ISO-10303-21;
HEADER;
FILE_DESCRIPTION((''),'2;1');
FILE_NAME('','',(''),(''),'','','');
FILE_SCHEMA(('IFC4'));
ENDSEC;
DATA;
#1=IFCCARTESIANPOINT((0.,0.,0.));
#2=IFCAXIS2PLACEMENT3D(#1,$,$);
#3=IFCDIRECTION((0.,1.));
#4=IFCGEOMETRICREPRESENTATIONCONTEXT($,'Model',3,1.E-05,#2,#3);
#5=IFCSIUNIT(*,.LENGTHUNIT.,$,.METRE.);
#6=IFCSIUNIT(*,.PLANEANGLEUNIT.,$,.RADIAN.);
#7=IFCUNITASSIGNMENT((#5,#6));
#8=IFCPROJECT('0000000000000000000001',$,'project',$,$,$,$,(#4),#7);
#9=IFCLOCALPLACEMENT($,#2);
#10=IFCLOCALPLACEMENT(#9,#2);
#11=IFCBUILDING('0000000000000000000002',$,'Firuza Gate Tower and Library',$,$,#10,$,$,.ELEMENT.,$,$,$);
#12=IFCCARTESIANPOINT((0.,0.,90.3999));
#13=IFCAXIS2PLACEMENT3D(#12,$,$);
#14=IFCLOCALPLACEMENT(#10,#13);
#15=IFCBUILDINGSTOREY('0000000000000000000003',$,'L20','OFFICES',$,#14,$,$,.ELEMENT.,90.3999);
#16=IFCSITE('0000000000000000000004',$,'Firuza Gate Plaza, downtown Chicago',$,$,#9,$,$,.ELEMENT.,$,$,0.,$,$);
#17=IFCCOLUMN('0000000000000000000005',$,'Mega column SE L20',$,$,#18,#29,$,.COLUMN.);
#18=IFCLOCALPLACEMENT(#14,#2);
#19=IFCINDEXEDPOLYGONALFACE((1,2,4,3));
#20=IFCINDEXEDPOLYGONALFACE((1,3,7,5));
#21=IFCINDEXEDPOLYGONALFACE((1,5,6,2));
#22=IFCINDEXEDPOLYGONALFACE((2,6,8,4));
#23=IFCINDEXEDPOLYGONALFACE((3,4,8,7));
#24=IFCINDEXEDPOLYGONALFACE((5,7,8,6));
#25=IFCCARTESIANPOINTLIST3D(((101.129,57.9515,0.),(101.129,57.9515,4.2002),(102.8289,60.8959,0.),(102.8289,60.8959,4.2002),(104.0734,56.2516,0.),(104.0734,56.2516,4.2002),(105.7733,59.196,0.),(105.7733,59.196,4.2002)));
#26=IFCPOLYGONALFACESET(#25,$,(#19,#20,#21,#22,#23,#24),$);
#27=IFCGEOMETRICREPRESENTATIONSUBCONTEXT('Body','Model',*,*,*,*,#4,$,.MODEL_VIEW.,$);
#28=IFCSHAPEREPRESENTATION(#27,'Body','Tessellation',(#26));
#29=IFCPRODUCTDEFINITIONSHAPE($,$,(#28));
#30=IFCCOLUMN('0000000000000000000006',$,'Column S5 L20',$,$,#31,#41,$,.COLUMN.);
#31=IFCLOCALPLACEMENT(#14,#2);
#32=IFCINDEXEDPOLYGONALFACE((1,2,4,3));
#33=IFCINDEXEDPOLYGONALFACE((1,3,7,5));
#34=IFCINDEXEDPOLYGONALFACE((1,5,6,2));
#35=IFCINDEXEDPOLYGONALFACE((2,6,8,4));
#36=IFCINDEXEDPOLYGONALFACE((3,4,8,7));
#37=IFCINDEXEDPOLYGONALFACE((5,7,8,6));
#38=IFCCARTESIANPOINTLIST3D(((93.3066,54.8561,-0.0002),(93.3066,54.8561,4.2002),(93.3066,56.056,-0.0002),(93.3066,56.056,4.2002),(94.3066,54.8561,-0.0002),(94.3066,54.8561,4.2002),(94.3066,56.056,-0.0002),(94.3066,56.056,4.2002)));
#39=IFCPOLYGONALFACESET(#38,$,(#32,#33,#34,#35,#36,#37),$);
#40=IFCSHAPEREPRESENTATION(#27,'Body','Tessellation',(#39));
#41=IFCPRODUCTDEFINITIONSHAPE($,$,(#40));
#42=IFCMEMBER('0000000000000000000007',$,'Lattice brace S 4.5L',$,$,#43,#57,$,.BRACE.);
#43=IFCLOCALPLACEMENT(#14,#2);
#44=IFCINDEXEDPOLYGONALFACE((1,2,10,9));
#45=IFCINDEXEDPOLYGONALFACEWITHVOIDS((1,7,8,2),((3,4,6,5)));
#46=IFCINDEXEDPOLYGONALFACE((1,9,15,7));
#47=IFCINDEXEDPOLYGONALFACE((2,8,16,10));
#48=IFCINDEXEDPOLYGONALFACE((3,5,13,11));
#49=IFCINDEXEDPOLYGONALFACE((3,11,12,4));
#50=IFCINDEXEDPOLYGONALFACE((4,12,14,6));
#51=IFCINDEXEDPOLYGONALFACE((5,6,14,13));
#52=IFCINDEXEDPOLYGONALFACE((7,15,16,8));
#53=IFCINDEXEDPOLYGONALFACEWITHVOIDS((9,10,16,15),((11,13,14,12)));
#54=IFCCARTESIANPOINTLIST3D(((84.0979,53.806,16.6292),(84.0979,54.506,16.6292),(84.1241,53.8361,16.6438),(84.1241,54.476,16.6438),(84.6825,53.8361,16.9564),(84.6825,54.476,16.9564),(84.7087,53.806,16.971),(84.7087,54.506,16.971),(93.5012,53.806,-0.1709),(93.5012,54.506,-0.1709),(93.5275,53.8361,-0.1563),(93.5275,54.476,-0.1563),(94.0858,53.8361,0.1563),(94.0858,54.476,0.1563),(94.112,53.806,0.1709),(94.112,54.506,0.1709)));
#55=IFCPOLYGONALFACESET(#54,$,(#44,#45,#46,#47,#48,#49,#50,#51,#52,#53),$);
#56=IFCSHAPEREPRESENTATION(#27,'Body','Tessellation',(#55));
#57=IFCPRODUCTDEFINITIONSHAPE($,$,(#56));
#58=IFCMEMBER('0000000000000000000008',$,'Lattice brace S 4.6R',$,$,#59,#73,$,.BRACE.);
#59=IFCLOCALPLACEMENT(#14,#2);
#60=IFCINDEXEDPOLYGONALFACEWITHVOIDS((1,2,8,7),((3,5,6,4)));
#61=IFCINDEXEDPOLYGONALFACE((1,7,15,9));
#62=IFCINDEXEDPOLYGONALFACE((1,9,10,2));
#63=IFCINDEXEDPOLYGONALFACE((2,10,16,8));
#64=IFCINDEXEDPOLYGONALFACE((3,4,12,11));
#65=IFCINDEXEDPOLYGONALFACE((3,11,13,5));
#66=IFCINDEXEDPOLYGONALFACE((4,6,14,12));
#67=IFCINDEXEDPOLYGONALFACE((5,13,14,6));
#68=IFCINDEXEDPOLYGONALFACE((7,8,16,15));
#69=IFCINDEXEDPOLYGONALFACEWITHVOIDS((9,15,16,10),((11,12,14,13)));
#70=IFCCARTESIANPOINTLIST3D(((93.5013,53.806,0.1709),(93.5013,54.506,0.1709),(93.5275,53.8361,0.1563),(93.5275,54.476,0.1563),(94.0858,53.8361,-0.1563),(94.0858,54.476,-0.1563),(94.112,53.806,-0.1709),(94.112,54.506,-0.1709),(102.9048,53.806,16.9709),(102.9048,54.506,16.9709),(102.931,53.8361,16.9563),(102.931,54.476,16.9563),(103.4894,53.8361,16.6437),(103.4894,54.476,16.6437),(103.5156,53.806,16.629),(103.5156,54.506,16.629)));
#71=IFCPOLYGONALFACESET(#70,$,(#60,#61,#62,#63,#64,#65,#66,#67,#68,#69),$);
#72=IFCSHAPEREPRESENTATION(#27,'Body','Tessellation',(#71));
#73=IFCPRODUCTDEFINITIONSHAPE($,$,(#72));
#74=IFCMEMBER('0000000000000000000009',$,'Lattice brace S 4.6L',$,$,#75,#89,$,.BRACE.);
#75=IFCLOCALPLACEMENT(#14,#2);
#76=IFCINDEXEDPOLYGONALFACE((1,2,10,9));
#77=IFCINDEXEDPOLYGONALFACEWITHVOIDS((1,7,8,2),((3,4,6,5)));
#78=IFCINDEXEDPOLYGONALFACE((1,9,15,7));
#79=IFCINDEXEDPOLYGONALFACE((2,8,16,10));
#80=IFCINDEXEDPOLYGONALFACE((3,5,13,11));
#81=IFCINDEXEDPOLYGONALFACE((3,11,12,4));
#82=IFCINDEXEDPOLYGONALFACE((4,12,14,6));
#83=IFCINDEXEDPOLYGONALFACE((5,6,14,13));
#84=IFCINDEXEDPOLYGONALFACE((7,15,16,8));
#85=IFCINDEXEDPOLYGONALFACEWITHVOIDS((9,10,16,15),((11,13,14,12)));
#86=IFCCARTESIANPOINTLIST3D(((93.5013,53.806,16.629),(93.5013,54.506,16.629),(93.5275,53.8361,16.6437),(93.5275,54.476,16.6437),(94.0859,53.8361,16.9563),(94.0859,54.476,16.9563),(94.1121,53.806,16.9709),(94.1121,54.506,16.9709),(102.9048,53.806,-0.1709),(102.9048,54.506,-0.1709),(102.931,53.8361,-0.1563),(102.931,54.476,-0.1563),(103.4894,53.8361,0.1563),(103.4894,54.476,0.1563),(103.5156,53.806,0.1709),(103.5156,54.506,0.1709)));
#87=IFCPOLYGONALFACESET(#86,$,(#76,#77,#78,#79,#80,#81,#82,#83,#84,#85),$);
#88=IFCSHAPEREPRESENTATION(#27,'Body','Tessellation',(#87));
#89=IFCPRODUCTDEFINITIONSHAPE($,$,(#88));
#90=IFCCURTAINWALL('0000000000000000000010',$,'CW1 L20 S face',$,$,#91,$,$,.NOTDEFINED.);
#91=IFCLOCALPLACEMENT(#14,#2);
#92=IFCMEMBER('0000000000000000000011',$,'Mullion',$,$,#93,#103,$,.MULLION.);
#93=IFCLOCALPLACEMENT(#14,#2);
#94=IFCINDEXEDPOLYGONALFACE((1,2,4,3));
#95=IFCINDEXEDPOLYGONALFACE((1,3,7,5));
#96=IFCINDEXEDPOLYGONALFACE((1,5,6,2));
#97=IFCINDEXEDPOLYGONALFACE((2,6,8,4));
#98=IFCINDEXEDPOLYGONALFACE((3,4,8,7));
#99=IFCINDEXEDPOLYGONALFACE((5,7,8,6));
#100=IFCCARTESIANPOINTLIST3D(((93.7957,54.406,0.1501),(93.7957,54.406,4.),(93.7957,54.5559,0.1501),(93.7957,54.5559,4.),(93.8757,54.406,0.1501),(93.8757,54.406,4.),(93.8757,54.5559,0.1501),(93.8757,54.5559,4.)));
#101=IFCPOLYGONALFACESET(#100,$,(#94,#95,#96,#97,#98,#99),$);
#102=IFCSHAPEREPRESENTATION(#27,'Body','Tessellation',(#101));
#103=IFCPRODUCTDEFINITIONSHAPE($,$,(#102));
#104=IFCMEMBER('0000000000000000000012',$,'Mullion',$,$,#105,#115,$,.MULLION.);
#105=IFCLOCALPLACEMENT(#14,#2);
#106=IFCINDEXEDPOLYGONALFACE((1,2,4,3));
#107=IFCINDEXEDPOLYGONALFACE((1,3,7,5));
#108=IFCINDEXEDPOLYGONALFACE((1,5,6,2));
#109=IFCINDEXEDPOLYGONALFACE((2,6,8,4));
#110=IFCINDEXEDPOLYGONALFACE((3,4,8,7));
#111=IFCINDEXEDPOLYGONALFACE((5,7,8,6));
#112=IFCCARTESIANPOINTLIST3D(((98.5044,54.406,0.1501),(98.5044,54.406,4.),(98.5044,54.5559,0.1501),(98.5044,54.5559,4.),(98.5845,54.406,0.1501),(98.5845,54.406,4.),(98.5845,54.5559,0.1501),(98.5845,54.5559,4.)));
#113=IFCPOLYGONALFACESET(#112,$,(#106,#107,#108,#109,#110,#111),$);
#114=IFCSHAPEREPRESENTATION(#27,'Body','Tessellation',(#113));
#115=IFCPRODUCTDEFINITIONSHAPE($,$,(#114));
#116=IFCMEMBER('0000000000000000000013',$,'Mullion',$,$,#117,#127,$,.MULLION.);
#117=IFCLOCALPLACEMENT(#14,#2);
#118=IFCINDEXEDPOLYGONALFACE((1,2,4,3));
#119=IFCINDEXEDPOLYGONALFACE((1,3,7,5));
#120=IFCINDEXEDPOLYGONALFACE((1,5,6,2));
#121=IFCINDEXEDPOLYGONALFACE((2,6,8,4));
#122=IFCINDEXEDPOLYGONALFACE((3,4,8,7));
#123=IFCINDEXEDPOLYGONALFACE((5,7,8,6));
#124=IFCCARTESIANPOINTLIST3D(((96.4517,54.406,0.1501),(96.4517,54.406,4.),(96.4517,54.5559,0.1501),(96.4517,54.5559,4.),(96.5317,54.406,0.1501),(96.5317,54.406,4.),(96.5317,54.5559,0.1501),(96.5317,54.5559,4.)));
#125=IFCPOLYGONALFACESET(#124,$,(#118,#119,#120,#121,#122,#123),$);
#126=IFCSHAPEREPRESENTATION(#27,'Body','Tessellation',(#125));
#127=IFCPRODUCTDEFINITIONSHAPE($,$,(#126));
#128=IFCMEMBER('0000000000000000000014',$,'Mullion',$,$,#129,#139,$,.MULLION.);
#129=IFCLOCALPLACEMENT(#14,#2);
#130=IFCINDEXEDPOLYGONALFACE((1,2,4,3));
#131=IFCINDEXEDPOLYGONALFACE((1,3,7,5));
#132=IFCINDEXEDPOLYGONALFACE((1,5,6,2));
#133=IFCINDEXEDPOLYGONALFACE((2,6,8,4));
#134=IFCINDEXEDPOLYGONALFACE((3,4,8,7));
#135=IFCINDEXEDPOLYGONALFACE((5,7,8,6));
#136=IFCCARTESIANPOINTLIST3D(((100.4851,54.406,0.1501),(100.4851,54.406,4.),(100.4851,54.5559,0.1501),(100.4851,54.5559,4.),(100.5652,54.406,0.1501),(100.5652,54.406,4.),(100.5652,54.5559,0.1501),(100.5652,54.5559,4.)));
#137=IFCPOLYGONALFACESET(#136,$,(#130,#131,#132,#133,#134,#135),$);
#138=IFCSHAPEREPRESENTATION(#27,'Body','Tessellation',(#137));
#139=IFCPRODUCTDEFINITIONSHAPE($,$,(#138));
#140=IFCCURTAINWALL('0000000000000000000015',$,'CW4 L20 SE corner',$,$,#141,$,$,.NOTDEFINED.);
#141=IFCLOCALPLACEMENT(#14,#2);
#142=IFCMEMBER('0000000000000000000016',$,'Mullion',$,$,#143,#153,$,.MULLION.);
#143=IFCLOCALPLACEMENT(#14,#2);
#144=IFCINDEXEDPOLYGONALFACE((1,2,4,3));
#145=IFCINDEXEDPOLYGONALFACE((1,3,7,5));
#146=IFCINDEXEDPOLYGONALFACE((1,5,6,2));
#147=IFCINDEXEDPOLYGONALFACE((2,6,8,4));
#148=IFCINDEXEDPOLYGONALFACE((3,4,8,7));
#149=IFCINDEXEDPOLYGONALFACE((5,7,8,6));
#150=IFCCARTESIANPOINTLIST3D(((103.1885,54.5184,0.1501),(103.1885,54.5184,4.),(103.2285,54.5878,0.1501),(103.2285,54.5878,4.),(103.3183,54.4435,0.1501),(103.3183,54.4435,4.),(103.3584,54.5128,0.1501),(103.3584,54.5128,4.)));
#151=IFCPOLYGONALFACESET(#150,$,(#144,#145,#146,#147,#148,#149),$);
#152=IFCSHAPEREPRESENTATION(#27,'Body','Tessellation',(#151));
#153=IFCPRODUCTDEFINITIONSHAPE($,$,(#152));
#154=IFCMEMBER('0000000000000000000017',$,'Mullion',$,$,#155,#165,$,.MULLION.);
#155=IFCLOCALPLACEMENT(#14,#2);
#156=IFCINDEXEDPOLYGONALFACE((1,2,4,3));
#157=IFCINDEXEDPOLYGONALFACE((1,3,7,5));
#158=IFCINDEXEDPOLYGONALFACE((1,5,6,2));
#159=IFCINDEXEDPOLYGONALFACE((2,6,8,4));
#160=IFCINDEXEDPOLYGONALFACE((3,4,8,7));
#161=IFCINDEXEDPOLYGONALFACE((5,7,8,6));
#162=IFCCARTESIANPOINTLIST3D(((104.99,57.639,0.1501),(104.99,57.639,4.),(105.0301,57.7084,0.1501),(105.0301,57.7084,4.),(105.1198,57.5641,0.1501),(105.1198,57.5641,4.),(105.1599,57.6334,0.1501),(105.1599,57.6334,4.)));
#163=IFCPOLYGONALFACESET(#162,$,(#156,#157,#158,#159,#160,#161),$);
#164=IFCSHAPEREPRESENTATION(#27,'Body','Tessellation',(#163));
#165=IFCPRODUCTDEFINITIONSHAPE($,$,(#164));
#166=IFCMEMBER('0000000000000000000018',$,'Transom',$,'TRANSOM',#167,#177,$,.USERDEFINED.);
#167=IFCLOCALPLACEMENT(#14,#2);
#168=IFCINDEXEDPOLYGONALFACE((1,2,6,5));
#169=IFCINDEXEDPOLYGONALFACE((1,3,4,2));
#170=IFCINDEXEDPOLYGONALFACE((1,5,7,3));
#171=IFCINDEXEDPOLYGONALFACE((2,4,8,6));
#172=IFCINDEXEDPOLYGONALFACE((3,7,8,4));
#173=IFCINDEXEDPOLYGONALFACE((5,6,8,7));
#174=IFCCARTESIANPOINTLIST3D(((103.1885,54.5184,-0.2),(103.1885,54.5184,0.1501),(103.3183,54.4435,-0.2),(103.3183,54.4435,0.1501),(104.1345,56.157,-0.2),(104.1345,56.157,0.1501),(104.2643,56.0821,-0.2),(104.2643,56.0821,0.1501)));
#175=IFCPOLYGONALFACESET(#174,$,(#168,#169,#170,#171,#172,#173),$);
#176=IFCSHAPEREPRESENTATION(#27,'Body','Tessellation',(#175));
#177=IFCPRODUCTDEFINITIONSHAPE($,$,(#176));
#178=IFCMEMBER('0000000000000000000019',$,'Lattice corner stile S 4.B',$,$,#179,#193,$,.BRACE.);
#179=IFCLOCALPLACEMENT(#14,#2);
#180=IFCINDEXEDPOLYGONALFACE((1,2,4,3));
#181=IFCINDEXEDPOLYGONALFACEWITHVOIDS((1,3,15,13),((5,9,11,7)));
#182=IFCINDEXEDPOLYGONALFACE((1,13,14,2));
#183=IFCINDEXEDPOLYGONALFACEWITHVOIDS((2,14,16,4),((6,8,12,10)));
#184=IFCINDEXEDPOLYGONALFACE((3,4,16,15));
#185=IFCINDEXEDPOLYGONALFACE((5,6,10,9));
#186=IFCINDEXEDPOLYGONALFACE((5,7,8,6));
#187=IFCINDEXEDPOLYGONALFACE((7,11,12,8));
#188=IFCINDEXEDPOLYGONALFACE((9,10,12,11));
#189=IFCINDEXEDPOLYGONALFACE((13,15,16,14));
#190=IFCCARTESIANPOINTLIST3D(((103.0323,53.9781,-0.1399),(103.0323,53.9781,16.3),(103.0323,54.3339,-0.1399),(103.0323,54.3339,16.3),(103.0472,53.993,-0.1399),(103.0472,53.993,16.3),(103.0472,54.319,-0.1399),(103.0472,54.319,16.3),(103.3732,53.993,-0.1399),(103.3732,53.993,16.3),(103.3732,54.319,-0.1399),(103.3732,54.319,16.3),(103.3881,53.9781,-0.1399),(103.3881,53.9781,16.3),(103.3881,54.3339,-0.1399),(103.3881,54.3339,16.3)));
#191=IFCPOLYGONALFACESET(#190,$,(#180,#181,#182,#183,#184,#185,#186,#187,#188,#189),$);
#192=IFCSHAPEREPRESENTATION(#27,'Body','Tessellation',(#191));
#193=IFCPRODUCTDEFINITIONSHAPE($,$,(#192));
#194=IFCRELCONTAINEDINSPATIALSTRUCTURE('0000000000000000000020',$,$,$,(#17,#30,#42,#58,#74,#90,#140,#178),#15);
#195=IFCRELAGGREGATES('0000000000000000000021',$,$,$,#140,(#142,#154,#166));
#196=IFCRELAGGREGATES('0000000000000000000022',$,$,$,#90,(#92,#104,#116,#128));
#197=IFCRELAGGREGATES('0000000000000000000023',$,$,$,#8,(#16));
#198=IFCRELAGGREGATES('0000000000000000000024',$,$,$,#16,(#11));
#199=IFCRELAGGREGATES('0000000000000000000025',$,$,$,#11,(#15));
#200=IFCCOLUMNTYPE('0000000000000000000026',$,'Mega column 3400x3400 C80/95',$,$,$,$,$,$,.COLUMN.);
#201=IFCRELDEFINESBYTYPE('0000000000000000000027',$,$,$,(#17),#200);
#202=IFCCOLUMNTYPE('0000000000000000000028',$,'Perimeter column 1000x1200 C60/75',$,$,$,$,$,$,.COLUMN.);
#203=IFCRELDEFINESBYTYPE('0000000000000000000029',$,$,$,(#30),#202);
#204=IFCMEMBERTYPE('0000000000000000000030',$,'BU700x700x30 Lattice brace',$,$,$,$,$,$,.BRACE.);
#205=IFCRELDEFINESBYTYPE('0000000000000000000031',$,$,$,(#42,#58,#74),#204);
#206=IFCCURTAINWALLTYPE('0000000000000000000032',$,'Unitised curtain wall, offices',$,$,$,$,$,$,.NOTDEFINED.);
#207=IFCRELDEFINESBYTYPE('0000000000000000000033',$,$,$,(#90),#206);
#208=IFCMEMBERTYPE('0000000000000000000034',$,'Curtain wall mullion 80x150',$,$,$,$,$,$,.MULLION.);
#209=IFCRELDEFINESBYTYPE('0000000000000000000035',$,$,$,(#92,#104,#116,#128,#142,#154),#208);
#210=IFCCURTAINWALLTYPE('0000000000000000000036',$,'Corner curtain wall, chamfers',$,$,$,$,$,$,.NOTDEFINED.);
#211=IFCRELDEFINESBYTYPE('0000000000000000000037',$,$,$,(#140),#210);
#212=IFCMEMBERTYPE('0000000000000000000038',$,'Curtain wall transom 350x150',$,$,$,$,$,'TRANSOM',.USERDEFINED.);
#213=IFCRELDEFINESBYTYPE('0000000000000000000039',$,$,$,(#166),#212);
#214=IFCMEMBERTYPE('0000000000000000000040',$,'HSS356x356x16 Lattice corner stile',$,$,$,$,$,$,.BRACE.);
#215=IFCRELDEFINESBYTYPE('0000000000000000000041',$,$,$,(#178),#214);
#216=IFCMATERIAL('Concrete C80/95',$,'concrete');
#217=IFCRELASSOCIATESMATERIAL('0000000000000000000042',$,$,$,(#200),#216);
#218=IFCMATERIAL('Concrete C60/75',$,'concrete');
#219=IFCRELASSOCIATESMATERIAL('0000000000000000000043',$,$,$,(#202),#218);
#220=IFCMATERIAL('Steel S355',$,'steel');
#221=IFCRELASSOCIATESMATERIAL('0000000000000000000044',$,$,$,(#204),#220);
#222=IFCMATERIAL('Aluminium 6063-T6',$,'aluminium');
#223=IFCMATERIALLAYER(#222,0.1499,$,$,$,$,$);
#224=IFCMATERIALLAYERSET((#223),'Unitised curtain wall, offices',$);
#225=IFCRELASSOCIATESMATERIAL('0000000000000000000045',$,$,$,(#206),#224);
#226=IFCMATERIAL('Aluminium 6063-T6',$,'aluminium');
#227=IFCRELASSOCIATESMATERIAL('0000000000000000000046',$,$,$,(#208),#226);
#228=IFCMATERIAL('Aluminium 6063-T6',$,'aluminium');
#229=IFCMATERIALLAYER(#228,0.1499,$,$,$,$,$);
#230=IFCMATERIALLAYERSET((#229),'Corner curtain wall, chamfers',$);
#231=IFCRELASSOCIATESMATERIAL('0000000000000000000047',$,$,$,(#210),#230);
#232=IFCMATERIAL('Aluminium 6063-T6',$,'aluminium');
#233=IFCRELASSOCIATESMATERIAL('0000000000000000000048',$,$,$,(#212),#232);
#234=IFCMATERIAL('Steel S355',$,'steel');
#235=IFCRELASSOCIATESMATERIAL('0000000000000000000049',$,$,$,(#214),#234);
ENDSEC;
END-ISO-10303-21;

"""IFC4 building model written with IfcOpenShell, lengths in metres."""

from ifc_helpers import new_model, si_unit, direction, frame, origin, origin_2d, place, context, subcontext, project, spatial, rectangle, hollow_rectangle, extrude, material, layer, layer_set, material_profile, profile_set, type_object, element, aggregate, save


model = new_model("IFC4")

# Units and contexts
model_context = context("Model", 3, precision=1e-05, world=origin(), true_north=direction((0.0, 1.0)))
body_context = subcontext(model_context, "Body", "Model", "MODEL_VIEW")
ifc_project = project(units=[si_unit("LENGTHUNIT", "METRE"), si_unit("PLANEANGLEUNIT", "RADIAN")], contexts=[model_context])

# Site, building, storey
site_placement = place(None, origin())
site = spatial("IfcSite", under=ifc_project, at=site_placement, Name="Firuza Gate Plaza, downtown Chicago", CompositionType="ELEMENT", RefElevation=0.0)
building_placement = place(site_placement, origin())
building = spatial("IfcBuilding", under=site, at=building_placement, Name="Firuza Gate Tower and Library", CompositionType="ELEMENT")
storey_placement = place(building_placement, frame((0.0, 0.0, 90.3999)))
storey = spatial("IfcBuildingStorey", under=building, at=storey_placement, Name="L20", Description="OFFICES", CompositionType="ELEMENT", Elevation=90.3999)

# Columns
ifc_material_1 = material(Name="Concrete C80/95", Category="concrete")
ifc_material_profile_1 = material_profile(ifc_material_1, rectangle(XDim=3.3999, YDim=3.3999, at=origin_2d()))
ifc_profile_set_1 = profile_set([ifc_material_profile_1], Name="Concrete C80/95")
column_type_1 = type_object("IfcColumnType", Name="Mega column 3400x3400 C80/95", PredefinedType="COLUMN", material=ifc_profile_set_1)
column_1_placement = place(storey_placement, frame((103.4512, 58.5737, 0.0), z_axis=(0.0, 0.0, 1.0), x_axis=(0.5, 0.866025, 0.0)))
element("IfcColumn", 1, at=column_1_placement, inside=storey, type_object=column_type_1, Name="Mega column SE L20", PredefinedType="COLUMN", context=body_context, shape_type="SweptSolid", body=[
    extrude(rectangle(XDim=3.3999, YDim=3.3999, at=origin_2d()), origin(), (0.0, 0.0, 1.0), 4.2002),
])
ifc_material_2 = material(Name="Concrete C60/75", Category="concrete")
ifc_material_profile_2 = material_profile(ifc_material_2, rectangle(XDim=1.0, YDim=1.2, at=origin_2d()))
ifc_profile_set_2 = profile_set([ifc_material_profile_2], Name="Concrete C60/75")
column_type_2 = type_object("IfcColumnType", Name="Perimeter column 1000x1200 C60/75", PredefinedType="COLUMN", material=ifc_profile_set_2)
column_2_placement = place(storey_placement, frame((93.8066, 55.4561, -0.0002), z_axis=(0.0, 0.0, 1.0), x_axis=(1.0, 0.0, 0.0)))
element("IfcColumn", 2, at=column_2_placement, inside=storey, type_object=column_type_2, Name="Column S5 L20", PredefinedType="COLUMN", context=body_context, shape_type="SweptSolid", body=[
    extrude(rectangle(XDim=1.0, YDim=1.2, at=origin_2d()), origin(), (0.0, 0.0, 1.0), 4.2004),
])

# Members
ifc_material_3 = material(Name="Steel S355", Category="steel")
ifc_material_profile_3 = material_profile(ifc_material_3, hollow_rectangle(XDim=0.7, YDim=0.7, WallThickness=0.03, at=origin_2d()))
ifc_profile_set_3 = profile_set([ifc_material_profile_3], Name="Steel S355")
member_type_1 = type_object("IfcMemberType", Name="BU700x700x30 Lattice brace", PredefinedType="BRACE", material=ifc_profile_set_3)
for number, where, z_axis, x_axis, name in (
    (3, (93.8066, 54.156, 0.0), (-0.488417, 0.0, 0.87261), (0.0, -1.0, 0.0), "Lattice brace S 4.5L"),
    (4, (93.8066, 54.156, 0.0), (0.488427, 0.0, 0.872605), (0.0, 1.0, 0.0), "Lattice brace S 4.6R"),
    (5, (103.2102, 54.156, 0.0), (-0.488427, 0.0, 0.872605), (0.0, -1.0, 0.0), "Lattice brace S 4.6L"),
):
    element("IfcMember", number, at=place(storey_placement, frame(where, z_axis=z_axis, x_axis=x_axis)), inside=storey, type_object=member_type_1, Name=name, PredefinedType="BRACE", context=body_context, shape_type="SweptSolid", body=[
        extrude(hollow_rectangle(XDim=0.7, YDim=0.7, WallThickness=0.03, at=origin_2d()), origin(), (0.0, 0.0, 1.0), 19.2527),
    ])

# Curtain walls, members
ifc_material_4 = material(Name="Aluminium 6063-T6", Category="aluminium")
ifc_layer_1 = layer(ifc_material_4, 0.1499)
ifc_layer_set_1 = layer_set([ifc_layer_1], Name="Unitised curtain wall, offices")
curtain_wall_type_1 = type_object("IfcCurtainWallType", Name="Unitised curtain wall, offices", PredefinedType="NOTDEFINED", material=ifc_layer_set_1)
placement = place(storey_placement, origin())
curtain_wall_1 = element("IfcCurtainWall", 6, at=placement, inside=storey, type_object=curtain_wall_type_1, Name="CW1 L20 S face", PredefinedType="NOTDEFINED")
ifc_material_5 = material(Name="Aluminium 6063-T6", Category="aluminium")
ifc_material_profile_4 = material_profile(ifc_material_5, rectangle(XDim=0.1499, YDim=0.0801, at=origin_2d()))
ifc_profile_set_4 = profile_set([ifc_material_profile_4], Name="Aluminium 6063-T6")
member_type_2 = type_object("IfcMemberType", Name="Curtain wall mullion 80x150", PredefinedType="MULLION", material=ifc_profile_set_4)
member_1_placement = place(storey_placement, frame((93.8357, 54.481, 0.1501), z_axis=(0.0, 0.0, 1.0), x_axis=(0.0, 1.0, 0.0)))
member_1 = element("IfcMember", 7, at=member_1_placement, type_object=member_type_2, Name="Mullion", PredefinedType="MULLION", context=body_context, shape_type="SweptSolid", body=[
    extrude(rectangle(XDim=0.1499, YDim=0.0801, at=origin_2d()), origin(), (0.0, 0.0, 1.0), 3.8499),
])
member_2_placement = place(storey_placement, frame((98.5444, 54.481, 0.1501), z_axis=(0.0, 0.0, 1.0), x_axis=(0.0, 1.0, 0.0)))
member_2 = element("IfcMember", 8, at=member_2_placement, type_object=member_type_2, Name="Mullion", PredefinedType="MULLION", context=body_context, shape_type="SweptSolid", body=[
    extrude(rectangle(XDim=0.1499, YDim=0.0801, at=origin_2d()), origin(), (0.0, 0.0, 1.0), 3.8499),
])
member_3_placement = place(storey_placement, frame((96.4917, 54.481, 0.1501), z_axis=(0.0, 0.0, 1.0), x_axis=(0.0, 1.0, 0.0)))
member_3 = element("IfcMember", 9, at=member_3_placement, type_object=member_type_2, Name="Mullion", PredefinedType="MULLION", context=body_context, shape_type="SweptSolid", body=[
    extrude(rectangle(XDim=0.1499, YDim=0.0801, at=origin_2d()), origin(), (0.0, 0.0, 1.0), 3.8499),
])
member_4_placement = place(storey_placement, frame((100.5251, 54.481, 0.1501), z_axis=(0.0, 0.0, 1.0), x_axis=(0.0, 1.0, 0.0)))
member_4 = element("IfcMember", 10, at=member_4_placement, type_object=member_type_2, Name="Mullion", PredefinedType="MULLION", context=body_context, shape_type="SweptSolid", body=[
    extrude(rectangle(XDim=0.1499, YDim=0.0801, at=origin_2d()), origin(), (0.0, 0.0, 1.0), 3.8499),
])
ifc_material_6 = material(Name="Aluminium 6063-T6", Category="aluminium")
ifc_layer_2 = layer(ifc_material_6, 0.1499)
ifc_layer_set_2 = layer_set([ifc_layer_2], Name="Corner curtain wall, chamfers")
curtain_wall_type_2 = type_object("IfcCurtainWallType", Name="Corner curtain wall, chamfers", PredefinedType="NOTDEFINED", material=ifc_layer_set_2)
curtain_wall_2 = element("IfcCurtainWall", 11, at=placement, inside=storey, type_object=curtain_wall_type_2, Name="CW4 L20 SE corner", PredefinedType="NOTDEFINED")
member_5_placement = place(storey_placement, frame((103.2734, 54.5156, 0.1501), z_axis=(0.0, 0.0, 1.0), x_axis=(-0.866025, 0.5, 0.0)))
member_5 = element("IfcMember", 12, at=member_5_placement, type_object=member_type_2, Name="Mullion", PredefinedType="MULLION", context=body_context, shape_type="SweptSolid", body=[
    extrude(rectangle(XDim=0.1499, YDim=0.0801, at=origin_2d()), origin(), (0.0, 0.0, 1.0), 3.8499),
])
member_6_placement = place(storey_placement, frame((105.075, 57.6362, 0.1501), z_axis=(0.0, 0.0, 1.0), x_axis=(-0.866025, 0.5, 0.0)))
member_6 = element("IfcMember", 13, at=member_6_placement, type_object=member_type_2, Name="Mullion", PredefinedType="MULLION", context=body_context, shape_type="SweptSolid", body=[
    extrude(rectangle(XDim=0.1499, YDim=0.0801, at=origin_2d()), origin(), (0.0, 0.0, 1.0), 3.8499),
])
ifc_material_7 = material(Name="Aluminium 6063-T6", Category="aluminium")
ifc_material_profile_5 = material_profile(ifc_material_7, rectangle(XDim=0.1499, YDim=0.3501, at=origin_2d()))
ifc_profile_set_5 = profile_set([ifc_material_profile_5], Name="Aluminium 6063-T6")
member_type_3 = type_object("IfcMemberType", Name="Curtain wall transom 350x150", ElementType="TRANSOM", PredefinedType="USERDEFINED", material=ifc_profile_set_5)
member_7_placement = place(storey_placement, frame((103.2534, 54.481, -0.0249), z_axis=(0.499983, 0.866035, 0.0), x_axis=(-0.866035, 0.499983, 0.0)))
member_7 = element("IfcMember", 14, at=member_7_placement, type_object=member_type_3, Name="Transom", ObjectType="TRANSOM", PredefinedType="USERDEFINED", context=body_context, shape_type="SweptSolid", body=[
    extrude(rectangle(XDim=0.1499, YDim=0.3501, at=origin_2d()), origin(), (0.0, 0.0, 1.0), 1.8921),
])

# Member
ifc_material_8 = material(Name="Steel S355", Category="steel")
ifc_material_profile_6 = material_profile(ifc_material_8, hollow_rectangle(XDim=0.3557, YDim=0.3557, WallThickness=0.0149, at=origin_2d()))
ifc_profile_set_6 = profile_set([ifc_material_profile_6], Name="Steel S355")
member_type_4 = type_object("IfcMemberType", Name="HSS356x356x16 Lattice corner stile", PredefinedType="BRACE", material=ifc_profile_set_6)
member_8_placement = place(storey_placement, frame((103.2102, 54.156, -0.1399), z_axis=(0.0, 0.0, 1.0), x_axis=(1.0, 0.0, 0.0)))
element("IfcMember", 15, at=member_8_placement, inside=storey, type_object=member_type_4, Name="Lattice corner stile S 4.B", PredefinedType="BRACE", context=body_context, shape_type="SweptSolid", body=[
    extrude(hollow_rectangle(XDim=0.3557, YDim=0.3557, WallThickness=0.0149, at=origin_2d()), origin(), (0.0, 0.0, 1.0), 16.4399),
])

aggregate(curtain_wall_2, [member_5, member_6, member_7])
aggregate(curtain_wall_1, [member_1, member_2, member_3, member_4])

save(model, "model.ifc")
